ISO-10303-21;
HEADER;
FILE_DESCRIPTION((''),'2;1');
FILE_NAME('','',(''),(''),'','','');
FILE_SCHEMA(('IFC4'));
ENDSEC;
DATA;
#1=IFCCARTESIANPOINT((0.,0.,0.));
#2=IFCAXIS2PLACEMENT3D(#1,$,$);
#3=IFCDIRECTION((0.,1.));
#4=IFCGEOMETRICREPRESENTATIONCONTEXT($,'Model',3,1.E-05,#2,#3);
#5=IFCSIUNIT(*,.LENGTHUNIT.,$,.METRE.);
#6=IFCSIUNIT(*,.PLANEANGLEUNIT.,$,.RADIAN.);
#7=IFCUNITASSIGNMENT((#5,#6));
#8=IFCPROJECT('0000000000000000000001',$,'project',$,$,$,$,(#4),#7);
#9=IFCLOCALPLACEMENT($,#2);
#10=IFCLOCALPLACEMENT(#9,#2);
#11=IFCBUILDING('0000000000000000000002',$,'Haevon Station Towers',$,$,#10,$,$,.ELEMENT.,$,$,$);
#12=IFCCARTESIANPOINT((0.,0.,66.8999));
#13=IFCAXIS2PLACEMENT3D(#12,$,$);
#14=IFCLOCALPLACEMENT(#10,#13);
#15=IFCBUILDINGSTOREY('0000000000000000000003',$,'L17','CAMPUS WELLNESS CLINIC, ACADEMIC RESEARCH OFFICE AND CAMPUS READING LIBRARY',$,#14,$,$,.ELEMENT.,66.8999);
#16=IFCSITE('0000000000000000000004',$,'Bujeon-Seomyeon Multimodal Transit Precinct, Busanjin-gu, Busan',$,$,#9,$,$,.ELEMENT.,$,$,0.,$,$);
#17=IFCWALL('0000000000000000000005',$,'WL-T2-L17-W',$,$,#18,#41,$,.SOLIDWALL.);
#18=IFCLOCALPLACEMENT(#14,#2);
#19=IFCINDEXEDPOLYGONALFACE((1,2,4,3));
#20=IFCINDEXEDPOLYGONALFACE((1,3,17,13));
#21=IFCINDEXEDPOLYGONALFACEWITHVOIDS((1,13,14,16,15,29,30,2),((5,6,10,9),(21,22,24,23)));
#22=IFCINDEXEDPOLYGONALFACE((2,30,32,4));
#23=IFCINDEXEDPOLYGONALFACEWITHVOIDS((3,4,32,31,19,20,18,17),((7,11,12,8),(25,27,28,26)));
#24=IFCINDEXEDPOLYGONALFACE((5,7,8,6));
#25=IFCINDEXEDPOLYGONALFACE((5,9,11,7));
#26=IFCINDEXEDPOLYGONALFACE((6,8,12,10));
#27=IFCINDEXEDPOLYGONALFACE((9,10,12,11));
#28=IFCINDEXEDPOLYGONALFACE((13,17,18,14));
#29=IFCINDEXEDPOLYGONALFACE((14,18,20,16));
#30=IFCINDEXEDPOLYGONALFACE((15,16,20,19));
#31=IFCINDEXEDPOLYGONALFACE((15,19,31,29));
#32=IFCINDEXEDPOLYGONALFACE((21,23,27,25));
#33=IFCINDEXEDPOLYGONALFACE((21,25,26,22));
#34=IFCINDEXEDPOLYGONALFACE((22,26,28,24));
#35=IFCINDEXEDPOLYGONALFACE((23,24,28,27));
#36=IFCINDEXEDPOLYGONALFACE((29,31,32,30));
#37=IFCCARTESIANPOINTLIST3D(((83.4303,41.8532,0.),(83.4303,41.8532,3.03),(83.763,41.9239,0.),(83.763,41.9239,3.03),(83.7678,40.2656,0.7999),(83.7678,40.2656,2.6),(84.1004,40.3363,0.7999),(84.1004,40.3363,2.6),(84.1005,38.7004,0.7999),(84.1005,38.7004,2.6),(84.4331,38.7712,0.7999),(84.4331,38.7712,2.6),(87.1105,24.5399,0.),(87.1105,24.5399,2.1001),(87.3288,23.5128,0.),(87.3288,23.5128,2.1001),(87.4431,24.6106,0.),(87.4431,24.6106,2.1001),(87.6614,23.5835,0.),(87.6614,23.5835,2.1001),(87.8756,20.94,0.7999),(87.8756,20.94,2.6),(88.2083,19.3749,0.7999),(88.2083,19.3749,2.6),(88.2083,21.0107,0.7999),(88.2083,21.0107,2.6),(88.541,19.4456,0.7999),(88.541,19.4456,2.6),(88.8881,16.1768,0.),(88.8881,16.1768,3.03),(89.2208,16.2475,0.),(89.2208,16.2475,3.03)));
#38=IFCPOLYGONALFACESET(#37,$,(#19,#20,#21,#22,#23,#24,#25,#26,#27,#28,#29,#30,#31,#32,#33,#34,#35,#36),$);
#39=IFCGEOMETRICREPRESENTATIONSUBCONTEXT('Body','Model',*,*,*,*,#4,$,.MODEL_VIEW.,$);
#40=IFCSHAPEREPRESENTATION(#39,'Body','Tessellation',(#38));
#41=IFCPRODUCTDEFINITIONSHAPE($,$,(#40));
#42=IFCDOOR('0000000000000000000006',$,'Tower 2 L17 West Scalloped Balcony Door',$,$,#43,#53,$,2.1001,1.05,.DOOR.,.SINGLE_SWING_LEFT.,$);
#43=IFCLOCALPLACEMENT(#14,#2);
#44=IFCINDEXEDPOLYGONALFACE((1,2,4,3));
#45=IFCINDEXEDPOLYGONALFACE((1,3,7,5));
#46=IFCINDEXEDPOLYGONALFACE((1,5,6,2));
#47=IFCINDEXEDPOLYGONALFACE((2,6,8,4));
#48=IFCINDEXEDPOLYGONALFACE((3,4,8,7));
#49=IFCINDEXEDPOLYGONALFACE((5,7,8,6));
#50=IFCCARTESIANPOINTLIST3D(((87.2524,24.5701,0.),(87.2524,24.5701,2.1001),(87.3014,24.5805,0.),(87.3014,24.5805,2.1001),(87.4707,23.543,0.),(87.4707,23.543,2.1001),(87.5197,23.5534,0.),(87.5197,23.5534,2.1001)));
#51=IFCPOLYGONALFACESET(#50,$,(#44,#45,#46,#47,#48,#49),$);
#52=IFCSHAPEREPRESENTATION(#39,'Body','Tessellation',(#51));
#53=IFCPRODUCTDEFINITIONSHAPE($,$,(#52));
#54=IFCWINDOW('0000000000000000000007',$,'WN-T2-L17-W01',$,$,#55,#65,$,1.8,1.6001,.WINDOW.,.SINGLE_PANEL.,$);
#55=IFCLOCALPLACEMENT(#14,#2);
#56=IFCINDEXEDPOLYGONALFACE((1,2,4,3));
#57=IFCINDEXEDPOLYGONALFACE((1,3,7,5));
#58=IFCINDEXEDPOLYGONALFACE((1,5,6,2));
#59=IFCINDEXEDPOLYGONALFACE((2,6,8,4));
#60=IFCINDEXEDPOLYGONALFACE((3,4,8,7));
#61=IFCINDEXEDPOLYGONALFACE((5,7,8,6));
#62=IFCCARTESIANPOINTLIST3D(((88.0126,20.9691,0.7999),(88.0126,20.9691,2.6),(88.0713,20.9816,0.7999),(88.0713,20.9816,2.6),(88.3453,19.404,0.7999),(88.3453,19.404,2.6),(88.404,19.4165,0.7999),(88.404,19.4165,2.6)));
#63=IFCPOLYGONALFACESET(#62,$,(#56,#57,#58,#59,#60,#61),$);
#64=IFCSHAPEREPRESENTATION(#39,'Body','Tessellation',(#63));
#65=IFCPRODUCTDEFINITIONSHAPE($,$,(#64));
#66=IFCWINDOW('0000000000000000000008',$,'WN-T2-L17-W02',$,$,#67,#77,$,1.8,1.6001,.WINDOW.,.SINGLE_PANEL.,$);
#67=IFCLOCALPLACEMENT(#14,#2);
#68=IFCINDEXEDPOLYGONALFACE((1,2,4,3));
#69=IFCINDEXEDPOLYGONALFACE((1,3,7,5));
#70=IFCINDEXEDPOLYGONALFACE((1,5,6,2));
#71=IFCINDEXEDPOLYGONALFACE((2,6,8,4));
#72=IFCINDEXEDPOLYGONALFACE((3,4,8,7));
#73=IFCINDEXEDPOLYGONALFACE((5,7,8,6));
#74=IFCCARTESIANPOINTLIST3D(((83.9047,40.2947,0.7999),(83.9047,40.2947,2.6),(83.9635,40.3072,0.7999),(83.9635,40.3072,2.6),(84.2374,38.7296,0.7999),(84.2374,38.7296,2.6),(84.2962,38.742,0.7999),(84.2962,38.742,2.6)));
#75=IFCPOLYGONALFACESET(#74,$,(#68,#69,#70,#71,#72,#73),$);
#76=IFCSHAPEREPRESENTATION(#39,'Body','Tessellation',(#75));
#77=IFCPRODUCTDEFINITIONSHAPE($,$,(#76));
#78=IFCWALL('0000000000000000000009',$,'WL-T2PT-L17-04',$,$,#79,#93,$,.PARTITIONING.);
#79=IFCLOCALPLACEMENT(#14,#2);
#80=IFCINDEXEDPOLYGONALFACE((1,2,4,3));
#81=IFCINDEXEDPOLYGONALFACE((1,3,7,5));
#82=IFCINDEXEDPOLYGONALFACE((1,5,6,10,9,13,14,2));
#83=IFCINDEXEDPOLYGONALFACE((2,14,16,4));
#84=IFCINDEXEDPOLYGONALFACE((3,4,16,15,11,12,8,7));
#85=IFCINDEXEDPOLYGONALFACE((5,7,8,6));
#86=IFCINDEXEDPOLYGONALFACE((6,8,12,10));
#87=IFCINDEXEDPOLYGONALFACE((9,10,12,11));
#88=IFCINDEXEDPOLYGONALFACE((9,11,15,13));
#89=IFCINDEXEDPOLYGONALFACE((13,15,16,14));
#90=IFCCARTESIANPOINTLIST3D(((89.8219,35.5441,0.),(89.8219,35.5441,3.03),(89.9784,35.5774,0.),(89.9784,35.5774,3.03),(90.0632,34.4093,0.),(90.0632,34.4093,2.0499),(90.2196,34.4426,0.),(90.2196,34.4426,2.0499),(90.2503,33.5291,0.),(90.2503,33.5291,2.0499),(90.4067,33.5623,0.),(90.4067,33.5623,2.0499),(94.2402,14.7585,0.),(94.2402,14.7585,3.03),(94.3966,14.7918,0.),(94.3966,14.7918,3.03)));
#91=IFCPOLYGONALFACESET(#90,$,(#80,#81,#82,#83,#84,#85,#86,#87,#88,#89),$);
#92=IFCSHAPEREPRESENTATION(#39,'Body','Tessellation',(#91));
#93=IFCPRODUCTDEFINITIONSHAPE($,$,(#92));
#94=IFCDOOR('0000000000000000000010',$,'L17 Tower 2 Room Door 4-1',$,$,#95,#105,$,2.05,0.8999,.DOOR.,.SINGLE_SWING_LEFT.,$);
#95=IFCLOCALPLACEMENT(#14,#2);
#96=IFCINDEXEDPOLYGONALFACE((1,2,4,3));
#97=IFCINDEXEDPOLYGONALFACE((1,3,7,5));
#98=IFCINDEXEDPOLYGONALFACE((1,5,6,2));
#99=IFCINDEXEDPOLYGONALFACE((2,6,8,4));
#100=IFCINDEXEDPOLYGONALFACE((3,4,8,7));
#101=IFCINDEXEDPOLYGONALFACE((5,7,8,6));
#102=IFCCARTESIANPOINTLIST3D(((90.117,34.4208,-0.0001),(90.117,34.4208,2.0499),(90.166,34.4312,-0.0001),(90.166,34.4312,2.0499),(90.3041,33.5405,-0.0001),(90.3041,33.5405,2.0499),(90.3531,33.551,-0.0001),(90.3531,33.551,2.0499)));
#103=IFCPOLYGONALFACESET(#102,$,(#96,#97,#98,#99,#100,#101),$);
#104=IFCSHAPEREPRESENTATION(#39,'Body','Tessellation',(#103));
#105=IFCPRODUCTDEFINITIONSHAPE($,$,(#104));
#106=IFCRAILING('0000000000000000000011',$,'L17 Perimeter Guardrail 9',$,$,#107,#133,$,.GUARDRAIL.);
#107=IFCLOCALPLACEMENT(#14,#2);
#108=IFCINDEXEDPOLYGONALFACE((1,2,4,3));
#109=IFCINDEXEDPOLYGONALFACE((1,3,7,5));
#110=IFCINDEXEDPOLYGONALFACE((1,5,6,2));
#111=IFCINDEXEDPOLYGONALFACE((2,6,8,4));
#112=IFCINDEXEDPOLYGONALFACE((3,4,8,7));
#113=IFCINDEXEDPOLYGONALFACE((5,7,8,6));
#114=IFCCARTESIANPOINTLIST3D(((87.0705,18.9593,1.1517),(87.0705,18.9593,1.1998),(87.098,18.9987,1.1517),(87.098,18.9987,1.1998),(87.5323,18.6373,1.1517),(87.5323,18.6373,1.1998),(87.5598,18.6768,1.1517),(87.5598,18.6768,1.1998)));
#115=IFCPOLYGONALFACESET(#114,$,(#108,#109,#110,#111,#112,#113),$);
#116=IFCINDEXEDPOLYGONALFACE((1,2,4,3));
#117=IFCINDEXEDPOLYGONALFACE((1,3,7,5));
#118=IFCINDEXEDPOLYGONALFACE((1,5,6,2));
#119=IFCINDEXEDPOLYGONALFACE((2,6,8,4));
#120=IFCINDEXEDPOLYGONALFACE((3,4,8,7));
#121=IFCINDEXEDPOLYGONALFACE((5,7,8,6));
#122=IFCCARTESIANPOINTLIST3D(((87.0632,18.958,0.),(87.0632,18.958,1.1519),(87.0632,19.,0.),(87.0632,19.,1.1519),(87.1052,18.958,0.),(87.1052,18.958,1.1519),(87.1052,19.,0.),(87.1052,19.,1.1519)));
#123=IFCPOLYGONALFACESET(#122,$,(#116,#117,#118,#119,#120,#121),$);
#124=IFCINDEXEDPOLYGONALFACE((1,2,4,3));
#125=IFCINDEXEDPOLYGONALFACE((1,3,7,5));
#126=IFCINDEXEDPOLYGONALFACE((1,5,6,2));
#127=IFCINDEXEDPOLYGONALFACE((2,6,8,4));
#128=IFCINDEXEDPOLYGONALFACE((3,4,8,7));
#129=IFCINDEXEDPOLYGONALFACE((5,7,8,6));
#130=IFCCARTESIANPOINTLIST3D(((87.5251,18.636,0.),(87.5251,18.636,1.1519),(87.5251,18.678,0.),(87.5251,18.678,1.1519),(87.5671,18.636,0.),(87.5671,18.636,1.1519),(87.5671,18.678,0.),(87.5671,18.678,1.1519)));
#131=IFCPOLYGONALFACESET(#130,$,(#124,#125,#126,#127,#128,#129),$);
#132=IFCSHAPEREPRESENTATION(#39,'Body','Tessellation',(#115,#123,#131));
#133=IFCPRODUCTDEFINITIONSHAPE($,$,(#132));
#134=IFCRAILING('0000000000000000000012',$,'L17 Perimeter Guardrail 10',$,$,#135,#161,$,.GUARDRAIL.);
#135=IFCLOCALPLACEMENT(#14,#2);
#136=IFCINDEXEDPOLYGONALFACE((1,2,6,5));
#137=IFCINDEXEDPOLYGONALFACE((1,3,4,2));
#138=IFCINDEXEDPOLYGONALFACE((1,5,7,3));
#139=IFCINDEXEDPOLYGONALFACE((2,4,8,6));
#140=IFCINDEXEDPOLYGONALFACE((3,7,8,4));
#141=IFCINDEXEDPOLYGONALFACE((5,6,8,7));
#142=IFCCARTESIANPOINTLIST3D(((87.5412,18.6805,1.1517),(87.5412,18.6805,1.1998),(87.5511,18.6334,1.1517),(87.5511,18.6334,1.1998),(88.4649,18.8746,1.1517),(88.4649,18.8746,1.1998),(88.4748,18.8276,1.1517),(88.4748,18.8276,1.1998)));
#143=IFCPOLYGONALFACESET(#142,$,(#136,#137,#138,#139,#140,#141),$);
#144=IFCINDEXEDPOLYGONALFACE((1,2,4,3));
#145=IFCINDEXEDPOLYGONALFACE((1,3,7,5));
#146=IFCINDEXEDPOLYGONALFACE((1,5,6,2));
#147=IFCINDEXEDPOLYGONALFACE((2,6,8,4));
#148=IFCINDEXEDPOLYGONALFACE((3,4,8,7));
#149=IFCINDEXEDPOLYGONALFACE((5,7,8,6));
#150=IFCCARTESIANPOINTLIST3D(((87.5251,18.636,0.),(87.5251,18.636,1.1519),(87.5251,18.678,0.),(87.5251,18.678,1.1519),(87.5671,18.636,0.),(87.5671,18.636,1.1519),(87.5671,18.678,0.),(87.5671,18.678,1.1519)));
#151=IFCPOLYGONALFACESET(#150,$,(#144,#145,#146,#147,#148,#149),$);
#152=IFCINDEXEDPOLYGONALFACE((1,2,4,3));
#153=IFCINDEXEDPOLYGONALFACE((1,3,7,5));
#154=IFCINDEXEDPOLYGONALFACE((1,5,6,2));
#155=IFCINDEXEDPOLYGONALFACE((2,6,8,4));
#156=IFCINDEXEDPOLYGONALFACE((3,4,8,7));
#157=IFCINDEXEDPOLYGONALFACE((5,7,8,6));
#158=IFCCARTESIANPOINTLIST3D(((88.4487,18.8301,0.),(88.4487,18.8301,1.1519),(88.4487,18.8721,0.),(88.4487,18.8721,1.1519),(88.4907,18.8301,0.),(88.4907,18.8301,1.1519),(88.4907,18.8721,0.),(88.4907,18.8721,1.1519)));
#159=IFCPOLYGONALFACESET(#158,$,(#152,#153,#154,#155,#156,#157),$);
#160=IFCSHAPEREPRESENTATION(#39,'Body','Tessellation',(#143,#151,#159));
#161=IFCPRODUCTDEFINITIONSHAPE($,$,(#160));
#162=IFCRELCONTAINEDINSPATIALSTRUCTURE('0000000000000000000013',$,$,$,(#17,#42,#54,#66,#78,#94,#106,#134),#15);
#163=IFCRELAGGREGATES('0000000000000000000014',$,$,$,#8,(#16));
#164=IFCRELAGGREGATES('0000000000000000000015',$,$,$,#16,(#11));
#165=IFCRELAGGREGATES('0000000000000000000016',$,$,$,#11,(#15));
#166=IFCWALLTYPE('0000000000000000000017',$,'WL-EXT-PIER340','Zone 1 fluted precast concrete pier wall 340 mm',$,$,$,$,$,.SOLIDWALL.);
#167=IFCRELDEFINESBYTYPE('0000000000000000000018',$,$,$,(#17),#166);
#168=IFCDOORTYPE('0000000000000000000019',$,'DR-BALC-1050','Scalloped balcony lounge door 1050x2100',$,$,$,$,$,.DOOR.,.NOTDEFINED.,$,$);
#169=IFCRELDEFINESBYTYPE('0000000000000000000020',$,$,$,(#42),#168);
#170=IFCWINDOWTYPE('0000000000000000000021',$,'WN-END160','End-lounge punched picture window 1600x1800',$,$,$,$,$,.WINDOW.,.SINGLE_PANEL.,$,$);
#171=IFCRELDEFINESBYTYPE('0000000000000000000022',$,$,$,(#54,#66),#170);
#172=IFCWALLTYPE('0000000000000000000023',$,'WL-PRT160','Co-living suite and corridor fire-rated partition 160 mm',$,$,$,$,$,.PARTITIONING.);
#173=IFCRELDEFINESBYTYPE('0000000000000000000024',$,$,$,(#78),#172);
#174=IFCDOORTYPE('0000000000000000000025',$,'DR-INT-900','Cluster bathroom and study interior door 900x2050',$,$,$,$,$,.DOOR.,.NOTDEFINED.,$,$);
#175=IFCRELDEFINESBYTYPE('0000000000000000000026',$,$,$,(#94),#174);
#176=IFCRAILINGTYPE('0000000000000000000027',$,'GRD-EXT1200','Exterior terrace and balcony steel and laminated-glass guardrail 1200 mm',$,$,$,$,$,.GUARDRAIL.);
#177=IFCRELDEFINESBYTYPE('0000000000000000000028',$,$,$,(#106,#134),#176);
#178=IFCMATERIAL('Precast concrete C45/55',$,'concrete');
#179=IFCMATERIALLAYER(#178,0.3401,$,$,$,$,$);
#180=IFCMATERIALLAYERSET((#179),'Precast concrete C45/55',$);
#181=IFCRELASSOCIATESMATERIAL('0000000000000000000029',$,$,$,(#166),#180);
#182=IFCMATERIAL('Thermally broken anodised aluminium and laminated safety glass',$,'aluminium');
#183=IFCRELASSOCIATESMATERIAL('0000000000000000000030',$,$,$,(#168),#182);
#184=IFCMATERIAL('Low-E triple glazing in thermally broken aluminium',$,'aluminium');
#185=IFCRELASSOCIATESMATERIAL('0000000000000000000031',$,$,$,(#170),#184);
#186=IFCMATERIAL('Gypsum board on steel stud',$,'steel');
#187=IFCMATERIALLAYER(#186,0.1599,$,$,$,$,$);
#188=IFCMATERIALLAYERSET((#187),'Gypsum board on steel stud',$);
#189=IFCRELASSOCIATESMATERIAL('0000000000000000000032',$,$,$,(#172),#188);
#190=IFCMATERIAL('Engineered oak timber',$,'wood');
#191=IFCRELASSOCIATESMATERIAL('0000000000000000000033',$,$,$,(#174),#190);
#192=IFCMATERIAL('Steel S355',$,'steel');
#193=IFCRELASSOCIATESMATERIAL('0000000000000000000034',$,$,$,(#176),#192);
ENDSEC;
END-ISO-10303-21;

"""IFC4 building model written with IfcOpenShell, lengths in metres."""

from ifc_helpers import new_model, si_unit, direction, frame, frame_2d, origin, origin_2d, place, context, subcontext, project, spatial, rectangle, extrude, material, layer, layer_set, type_object, element, fill, save


model = new_model("IFC4")

# Units and contexts
model_context = context("Model", 3, precision=1e-05, world=origin(), true_north=direction((0.0, 1.0)))
body_context = subcontext(model_context, "Body", "Model", "MODEL_VIEW")
ifc_project = project(units=[si_unit("LENGTHUNIT", "METRE"), si_unit("PLANEANGLEUNIT", "RADIAN")], contexts=[model_context])

# Site, building, storey
site_placement = place(None, origin())
site = spatial("IfcSite", under=ifc_project, at=site_placement, Name="Bujeon-Seomyeon Multimodal Transit Precinct, Busanjin-gu, Busan", CompositionType="ELEMENT", RefElevation=0.0)
building_placement = place(site_placement, origin())
building = spatial("IfcBuilding", under=site, at=building_placement, Name="Haevon Station Towers", CompositionType="ELEMENT")
storey_placement = place(building_placement, frame((0.0, 0.0, 66.8999)))
storey = spatial("IfcBuildingStorey", under=building, at=storey_placement, Name="L17", Description="CAMPUS WELLNESS CLINIC, ACADEMIC RESEARCH OFFICE AND CAMPUS READING LIBRARY", CompositionType="ELEMENT", Elevation=66.8999)

# Shared definitions
ifc_material_1 = material(Name="Precast concrete C45/55", Category="concrete")
ifc_layer_1 = layer(ifc_material_1, 0.3401)
ifc_layer_set_1 = layer_set([ifc_layer_1], Name="Precast concrete C45/55")
wall_type_1 = type_object("IfcWallType", Name="WL-EXT-PIER340", Description="Zone 1 fluted precast concrete pier wall 340 mm", PredefinedType="SOLIDWALL", material=ifc_layer_set_1)

# Wall, openings, door, windows
wall_1_placement = place(storey_placement, frame((89.0544, 16.2122, 0.0), z_axis=(0.0, 0.0, 1.0), x_axis=(-0.207915, 0.978147, 0.0)))
wall_1 = element("IfcWall", 1, at=wall_1_placement, inside=storey, type_object=wall_type_1, Name="WL-T2-L17-W", PredefinedType="SOLIDWALL", context=body_context, shape_type="SweptSolid", body=[
    extrude(rectangle(XDim=26.25, YDim=0.3401, at=frame_2d((13.125, 0.0))), origin(), (0.0, 0.0, 1.0), 3.03),
])
opening_1_placement = place(wall_1_placement, frame((7.5, 0.0, 0.0)))
opening_1 = element("IfcOpeningElement", 2, at=opening_1_placement, cuts=wall_1, PredefinedType="OPENING", context=body_context, shape_type="SweptSolid", body=[
    extrude(rectangle(XDim=1.05, YDim=2.1001, at=frame_2d((0.5249, 1.05))), frame((0.0, 0.1799, 0.0), z_axis=(0.0, -1.0, 0.0), x_axis=(1.0, 0.0, 0.0)), (0.0, 0.0, 1.0), 0.3601),
])
opening_2_placement = place(wall_1_placement, frame((3.2695, 0.0, 0.8)))
opening_2 = element("IfcOpeningElement", 3, at=opening_2_placement, cuts=wall_1, PredefinedType="OPENING", context=body_context, shape_type="SweptSolid", body=[
    extrude(rectangle(XDim=1.6001, YDim=1.8, at=frame_2d((0.8, 0.8999))), frame((0.0, 0.1799, 0.0), z_axis=(0.0, -1.0, 0.0), x_axis=(1.0, 0.0, 0.0)), (0.0, 0.0, 1.0), 0.3601),
])
opening_3_placement = place(wall_1_placement, frame((23.0269, 0.0, 0.8)))
opening_3 = element("IfcOpeningElement", 4, at=opening_3_placement, cuts=wall_1, PredefinedType="OPENING", context=body_context, shape_type="SweptSolid", body=[
    extrude(rectangle(XDim=1.6001, YDim=1.8, at=frame_2d((0.8, 0.8999))), frame((0.0, 0.1799, 0.0), z_axis=(0.0, -1.0, 0.0), x_axis=(1.0, 0.0, 0.0)), (0.0, 0.0, 1.0), 0.3601),
])
ifc_material_2 = material(Name="Thermally broken anodised aluminium and laminated safety glass", Category="aluminium")
door_type_1 = type_object("IfcDoorType", Name="DR-BALC-1050", Description="Scalloped balcony lounge door 1050x2100", OperationType="NOTDEFINED", PredefinedType="DOOR", material=ifc_material_2)
door_1_placement = place(opening_1_placement, origin())
door_1 = element("IfcDoor", 5, at=door_1_placement, inside=storey, type_object=door_type_1, Name="Tower 2 L17 West Scalloped Balcony Door", OperationType="SINGLE_SWING_LEFT", OverallHeight=2.1001, OverallWidth=1.05, PredefinedType="DOOR", context=body_context, shape_type="SweptSolid", body=[
    extrude(rectangle(XDim=1.05, YDim=2.1001, at=frame_2d((0.5249, 1.05))), frame((0.0, 0.0249, 0.0), z_axis=(0.0, -1.0, 0.0), x_axis=(1.0, 0.0, 0.0)), (0.0, 0.0, 1.0), 0.05),
])
fill(opening_1, door_1)
ifc_material_3 = material(Name="Low-E triple glazing in thermally broken aluminium", Category="aluminium")
window_type = type_object("IfcWindowType", Name="WN-END160", Description="End-lounge punched picture window 1600x1800", PartitioningType="SINGLE_PANEL", PredefinedType="WINDOW", material=ifc_material_3)
window_1_placement = place(opening_2_placement, origin())
window_1 = element("IfcWindow", 6, at=window_1_placement, inside=storey, type_object=window_type, Name="WN-T2-L17-W01", OverallHeight=1.8, OverallWidth=1.6001, PartitioningType="SINGLE_PANEL", PredefinedType="WINDOW", context=body_context, shape_type="SweptSolid", body=[
    extrude(rectangle(XDim=1.6001, YDim=1.8, at=frame_2d((0.8, 0.8999))), frame((0.0, 0.03, 0.0), z_axis=(0.0, -1.0, 0.0), x_axis=(1.0, 0.0, 0.0)), (0.0, 0.0, 1.0), 0.0601),
])
fill(opening_2, window_1)
window_2_placement = place(opening_3_placement, origin())
window_2 = element("IfcWindow", 7, at=window_2_placement, inside=storey, type_object=window_type, Name="WN-T2-L17-W02", OverallHeight=1.8, OverallWidth=1.6001, PartitioningType="SINGLE_PANEL", PredefinedType="WINDOW", context=body_context, shape_type="SweptSolid", body=[
    extrude(rectangle(XDim=1.6001, YDim=1.8, at=frame_2d((0.8, 0.8999))), frame((0.0, 0.03, 0.0), z_axis=(0.0, -1.0, 0.0), x_axis=(1.0, 0.0, 0.0)), (0.0, 0.0, 1.0), 0.0601),
])
fill(opening_3, window_2)

# Wall, opening, door
ifc_material_4 = material(Name="Gypsum board on steel stud", Category="steel")
ifc_layer_2 = layer(ifc_material_4, 0.1599)
ifc_layer_set_2 = layer_set([ifc_layer_2], Name="Gypsum board on steel stud")
wall_type_2 = type_object("IfcWallType", Name="WL-PRT160", Description="Co-living suite and corridor fire-rated partition 160 mm", PredefinedType="PARTITIONING", material=ifc_layer_set_2)
wall_2_placement = place(storey_placement, frame((94.3184, 14.7751, 0.0), z_axis=(0.0, 0.0, 1.0), x_axis=(-0.207916, 0.978147, 0.0)))
wall_2 = element("IfcWall", 8, at=wall_2_placement, inside=storey, type_object=wall_type_2, Name="WL-T2PT-L17-04", PredefinedType="PARTITIONING", context=body_context, shape_type="SweptSolid", body=[
    extrude(rectangle(XDim=21.25, YDim=0.1599, at=frame_2d((10.625, 0.0))), origin(), (0.0, 0.0, 1.0), 3.03),
])
opening_4_placement = place(wall_2_placement, frame((19.1899, 0.0, 0.0)))
opening_4 = element("IfcOpeningElement", 9, at=opening_4_placement, cuts=wall_2, PredefinedType="OPENING", context=body_context, shape_type="SweptSolid", body=[
    extrude(rectangle(XDim=0.8999, YDim=2.05, at=frame_2d((0.45, 1.0249))), frame((0.0, 0.0898, 0.0), z_axis=(0.0, -1.0, 0.0), x_axis=(1.0, 0.0, 0.0)), (0.0, 0.0, 1.0), 0.1799),
])
ifc_material_5 = material(Name="Engineered oak timber", Category="wood")
door_type_2 = type_object("IfcDoorType", Name="DR-INT-900", Description="Cluster bathroom and study interior door 900x2050", OperationType="NOTDEFINED", PredefinedType="DOOR", material=ifc_material_5)
door_2_placement = place(opening_4_placement, origin())
door_2 = element("IfcDoor", 10, at=door_2_placement, inside=storey, type_object=door_type_2, Name="L17 Tower 2 Room Door 4-1", OperationType="SINGLE_SWING_LEFT", OverallHeight=2.05, OverallWidth=0.8999, PredefinedType="DOOR", context=body_context, shape_type="SweptSolid", body=[
    extrude(rectangle(XDim=0.8999, YDim=2.05, at=frame_2d((0.45, 1.0249))), frame((0.0, 0.0249, 0.0), z_axis=(0.0, -1.0, 0.0), x_axis=(1.0, 0.0, 0.0)), (0.0, 0.0, 1.0), 0.05),
])
fill(opening_4, door_2)

# Railings
ifc_material_6 = material(Name="Steel S355", Category="steel")
railing_type = type_object("IfcRailingType", Name="GRD-EXT1200", Description="Exterior terrace and balcony steel and laminated-glass guardrail 1200 mm", PredefinedType="GUARDRAIL", material=ifc_material_6)
railing_1_placement = place(storey_placement, frame((87.0842, 18.979, 0.0)))
element("IfcRailing", 11, at=railing_1_placement, inside=storey, type_object=railing_type, Name="L17 Perimeter Guardrail 9", PredefinedType="GUARDRAIL", context=body_context, shape_type="SweptSolid", body=[
    extrude(rectangle(XDim=0.0481, YDim=0.0481, at=origin_2d()), frame((0.0, 0.0, 1.1758), z_axis=(0.82033, -0.57189, 0.0), x_axis=(0.57189, 0.82033, 0.0)), (0.0, 0.0, 1.0), 0.563),
    extrude(rectangle(XDim=0.042, YDim=0.042, at=origin_2d()), origin(), (0.0, 0.0, 1.0), 1.1519),
    extrude(rectangle(XDim=0.042, YDim=0.042, at=origin_2d()), frame((0.4619, -0.322, 0.0)), (0.0, 0.0, 1.0), 1.1519),
])
railing_2_placement = place(storey_placement, frame((87.5461, 18.657, 0.0)))
element("IfcRailing", 12, at=railing_2_placement, inside=storey, type_object=railing_type, Name="L17 Perimeter Guardrail 10", PredefinedType="GUARDRAIL", context=body_context, shape_type="SweptSolid", body=[
    extrude(rectangle(XDim=0.0481, YDim=0.0481, at=origin_2d()), frame((0.0, 0.0, 1.1758), z_axis=(0.978624, 0.205658, 0.0), x_axis=(-0.205658, 0.978624, 0.0)), (0.0, 0.0, 1.0), 0.9438),
    extrude(rectangle(XDim=0.042, YDim=0.042, at=origin_2d()), origin(), (0.0, 0.0, 1.0), 1.1519),
    extrude(rectangle(XDim=0.042, YDim=0.042, at=origin_2d()), frame((0.9236, 0.1941, 0.0)), (0.0, 0.0, 1.0), 1.1519),
])

save(model, "model.ifc")
